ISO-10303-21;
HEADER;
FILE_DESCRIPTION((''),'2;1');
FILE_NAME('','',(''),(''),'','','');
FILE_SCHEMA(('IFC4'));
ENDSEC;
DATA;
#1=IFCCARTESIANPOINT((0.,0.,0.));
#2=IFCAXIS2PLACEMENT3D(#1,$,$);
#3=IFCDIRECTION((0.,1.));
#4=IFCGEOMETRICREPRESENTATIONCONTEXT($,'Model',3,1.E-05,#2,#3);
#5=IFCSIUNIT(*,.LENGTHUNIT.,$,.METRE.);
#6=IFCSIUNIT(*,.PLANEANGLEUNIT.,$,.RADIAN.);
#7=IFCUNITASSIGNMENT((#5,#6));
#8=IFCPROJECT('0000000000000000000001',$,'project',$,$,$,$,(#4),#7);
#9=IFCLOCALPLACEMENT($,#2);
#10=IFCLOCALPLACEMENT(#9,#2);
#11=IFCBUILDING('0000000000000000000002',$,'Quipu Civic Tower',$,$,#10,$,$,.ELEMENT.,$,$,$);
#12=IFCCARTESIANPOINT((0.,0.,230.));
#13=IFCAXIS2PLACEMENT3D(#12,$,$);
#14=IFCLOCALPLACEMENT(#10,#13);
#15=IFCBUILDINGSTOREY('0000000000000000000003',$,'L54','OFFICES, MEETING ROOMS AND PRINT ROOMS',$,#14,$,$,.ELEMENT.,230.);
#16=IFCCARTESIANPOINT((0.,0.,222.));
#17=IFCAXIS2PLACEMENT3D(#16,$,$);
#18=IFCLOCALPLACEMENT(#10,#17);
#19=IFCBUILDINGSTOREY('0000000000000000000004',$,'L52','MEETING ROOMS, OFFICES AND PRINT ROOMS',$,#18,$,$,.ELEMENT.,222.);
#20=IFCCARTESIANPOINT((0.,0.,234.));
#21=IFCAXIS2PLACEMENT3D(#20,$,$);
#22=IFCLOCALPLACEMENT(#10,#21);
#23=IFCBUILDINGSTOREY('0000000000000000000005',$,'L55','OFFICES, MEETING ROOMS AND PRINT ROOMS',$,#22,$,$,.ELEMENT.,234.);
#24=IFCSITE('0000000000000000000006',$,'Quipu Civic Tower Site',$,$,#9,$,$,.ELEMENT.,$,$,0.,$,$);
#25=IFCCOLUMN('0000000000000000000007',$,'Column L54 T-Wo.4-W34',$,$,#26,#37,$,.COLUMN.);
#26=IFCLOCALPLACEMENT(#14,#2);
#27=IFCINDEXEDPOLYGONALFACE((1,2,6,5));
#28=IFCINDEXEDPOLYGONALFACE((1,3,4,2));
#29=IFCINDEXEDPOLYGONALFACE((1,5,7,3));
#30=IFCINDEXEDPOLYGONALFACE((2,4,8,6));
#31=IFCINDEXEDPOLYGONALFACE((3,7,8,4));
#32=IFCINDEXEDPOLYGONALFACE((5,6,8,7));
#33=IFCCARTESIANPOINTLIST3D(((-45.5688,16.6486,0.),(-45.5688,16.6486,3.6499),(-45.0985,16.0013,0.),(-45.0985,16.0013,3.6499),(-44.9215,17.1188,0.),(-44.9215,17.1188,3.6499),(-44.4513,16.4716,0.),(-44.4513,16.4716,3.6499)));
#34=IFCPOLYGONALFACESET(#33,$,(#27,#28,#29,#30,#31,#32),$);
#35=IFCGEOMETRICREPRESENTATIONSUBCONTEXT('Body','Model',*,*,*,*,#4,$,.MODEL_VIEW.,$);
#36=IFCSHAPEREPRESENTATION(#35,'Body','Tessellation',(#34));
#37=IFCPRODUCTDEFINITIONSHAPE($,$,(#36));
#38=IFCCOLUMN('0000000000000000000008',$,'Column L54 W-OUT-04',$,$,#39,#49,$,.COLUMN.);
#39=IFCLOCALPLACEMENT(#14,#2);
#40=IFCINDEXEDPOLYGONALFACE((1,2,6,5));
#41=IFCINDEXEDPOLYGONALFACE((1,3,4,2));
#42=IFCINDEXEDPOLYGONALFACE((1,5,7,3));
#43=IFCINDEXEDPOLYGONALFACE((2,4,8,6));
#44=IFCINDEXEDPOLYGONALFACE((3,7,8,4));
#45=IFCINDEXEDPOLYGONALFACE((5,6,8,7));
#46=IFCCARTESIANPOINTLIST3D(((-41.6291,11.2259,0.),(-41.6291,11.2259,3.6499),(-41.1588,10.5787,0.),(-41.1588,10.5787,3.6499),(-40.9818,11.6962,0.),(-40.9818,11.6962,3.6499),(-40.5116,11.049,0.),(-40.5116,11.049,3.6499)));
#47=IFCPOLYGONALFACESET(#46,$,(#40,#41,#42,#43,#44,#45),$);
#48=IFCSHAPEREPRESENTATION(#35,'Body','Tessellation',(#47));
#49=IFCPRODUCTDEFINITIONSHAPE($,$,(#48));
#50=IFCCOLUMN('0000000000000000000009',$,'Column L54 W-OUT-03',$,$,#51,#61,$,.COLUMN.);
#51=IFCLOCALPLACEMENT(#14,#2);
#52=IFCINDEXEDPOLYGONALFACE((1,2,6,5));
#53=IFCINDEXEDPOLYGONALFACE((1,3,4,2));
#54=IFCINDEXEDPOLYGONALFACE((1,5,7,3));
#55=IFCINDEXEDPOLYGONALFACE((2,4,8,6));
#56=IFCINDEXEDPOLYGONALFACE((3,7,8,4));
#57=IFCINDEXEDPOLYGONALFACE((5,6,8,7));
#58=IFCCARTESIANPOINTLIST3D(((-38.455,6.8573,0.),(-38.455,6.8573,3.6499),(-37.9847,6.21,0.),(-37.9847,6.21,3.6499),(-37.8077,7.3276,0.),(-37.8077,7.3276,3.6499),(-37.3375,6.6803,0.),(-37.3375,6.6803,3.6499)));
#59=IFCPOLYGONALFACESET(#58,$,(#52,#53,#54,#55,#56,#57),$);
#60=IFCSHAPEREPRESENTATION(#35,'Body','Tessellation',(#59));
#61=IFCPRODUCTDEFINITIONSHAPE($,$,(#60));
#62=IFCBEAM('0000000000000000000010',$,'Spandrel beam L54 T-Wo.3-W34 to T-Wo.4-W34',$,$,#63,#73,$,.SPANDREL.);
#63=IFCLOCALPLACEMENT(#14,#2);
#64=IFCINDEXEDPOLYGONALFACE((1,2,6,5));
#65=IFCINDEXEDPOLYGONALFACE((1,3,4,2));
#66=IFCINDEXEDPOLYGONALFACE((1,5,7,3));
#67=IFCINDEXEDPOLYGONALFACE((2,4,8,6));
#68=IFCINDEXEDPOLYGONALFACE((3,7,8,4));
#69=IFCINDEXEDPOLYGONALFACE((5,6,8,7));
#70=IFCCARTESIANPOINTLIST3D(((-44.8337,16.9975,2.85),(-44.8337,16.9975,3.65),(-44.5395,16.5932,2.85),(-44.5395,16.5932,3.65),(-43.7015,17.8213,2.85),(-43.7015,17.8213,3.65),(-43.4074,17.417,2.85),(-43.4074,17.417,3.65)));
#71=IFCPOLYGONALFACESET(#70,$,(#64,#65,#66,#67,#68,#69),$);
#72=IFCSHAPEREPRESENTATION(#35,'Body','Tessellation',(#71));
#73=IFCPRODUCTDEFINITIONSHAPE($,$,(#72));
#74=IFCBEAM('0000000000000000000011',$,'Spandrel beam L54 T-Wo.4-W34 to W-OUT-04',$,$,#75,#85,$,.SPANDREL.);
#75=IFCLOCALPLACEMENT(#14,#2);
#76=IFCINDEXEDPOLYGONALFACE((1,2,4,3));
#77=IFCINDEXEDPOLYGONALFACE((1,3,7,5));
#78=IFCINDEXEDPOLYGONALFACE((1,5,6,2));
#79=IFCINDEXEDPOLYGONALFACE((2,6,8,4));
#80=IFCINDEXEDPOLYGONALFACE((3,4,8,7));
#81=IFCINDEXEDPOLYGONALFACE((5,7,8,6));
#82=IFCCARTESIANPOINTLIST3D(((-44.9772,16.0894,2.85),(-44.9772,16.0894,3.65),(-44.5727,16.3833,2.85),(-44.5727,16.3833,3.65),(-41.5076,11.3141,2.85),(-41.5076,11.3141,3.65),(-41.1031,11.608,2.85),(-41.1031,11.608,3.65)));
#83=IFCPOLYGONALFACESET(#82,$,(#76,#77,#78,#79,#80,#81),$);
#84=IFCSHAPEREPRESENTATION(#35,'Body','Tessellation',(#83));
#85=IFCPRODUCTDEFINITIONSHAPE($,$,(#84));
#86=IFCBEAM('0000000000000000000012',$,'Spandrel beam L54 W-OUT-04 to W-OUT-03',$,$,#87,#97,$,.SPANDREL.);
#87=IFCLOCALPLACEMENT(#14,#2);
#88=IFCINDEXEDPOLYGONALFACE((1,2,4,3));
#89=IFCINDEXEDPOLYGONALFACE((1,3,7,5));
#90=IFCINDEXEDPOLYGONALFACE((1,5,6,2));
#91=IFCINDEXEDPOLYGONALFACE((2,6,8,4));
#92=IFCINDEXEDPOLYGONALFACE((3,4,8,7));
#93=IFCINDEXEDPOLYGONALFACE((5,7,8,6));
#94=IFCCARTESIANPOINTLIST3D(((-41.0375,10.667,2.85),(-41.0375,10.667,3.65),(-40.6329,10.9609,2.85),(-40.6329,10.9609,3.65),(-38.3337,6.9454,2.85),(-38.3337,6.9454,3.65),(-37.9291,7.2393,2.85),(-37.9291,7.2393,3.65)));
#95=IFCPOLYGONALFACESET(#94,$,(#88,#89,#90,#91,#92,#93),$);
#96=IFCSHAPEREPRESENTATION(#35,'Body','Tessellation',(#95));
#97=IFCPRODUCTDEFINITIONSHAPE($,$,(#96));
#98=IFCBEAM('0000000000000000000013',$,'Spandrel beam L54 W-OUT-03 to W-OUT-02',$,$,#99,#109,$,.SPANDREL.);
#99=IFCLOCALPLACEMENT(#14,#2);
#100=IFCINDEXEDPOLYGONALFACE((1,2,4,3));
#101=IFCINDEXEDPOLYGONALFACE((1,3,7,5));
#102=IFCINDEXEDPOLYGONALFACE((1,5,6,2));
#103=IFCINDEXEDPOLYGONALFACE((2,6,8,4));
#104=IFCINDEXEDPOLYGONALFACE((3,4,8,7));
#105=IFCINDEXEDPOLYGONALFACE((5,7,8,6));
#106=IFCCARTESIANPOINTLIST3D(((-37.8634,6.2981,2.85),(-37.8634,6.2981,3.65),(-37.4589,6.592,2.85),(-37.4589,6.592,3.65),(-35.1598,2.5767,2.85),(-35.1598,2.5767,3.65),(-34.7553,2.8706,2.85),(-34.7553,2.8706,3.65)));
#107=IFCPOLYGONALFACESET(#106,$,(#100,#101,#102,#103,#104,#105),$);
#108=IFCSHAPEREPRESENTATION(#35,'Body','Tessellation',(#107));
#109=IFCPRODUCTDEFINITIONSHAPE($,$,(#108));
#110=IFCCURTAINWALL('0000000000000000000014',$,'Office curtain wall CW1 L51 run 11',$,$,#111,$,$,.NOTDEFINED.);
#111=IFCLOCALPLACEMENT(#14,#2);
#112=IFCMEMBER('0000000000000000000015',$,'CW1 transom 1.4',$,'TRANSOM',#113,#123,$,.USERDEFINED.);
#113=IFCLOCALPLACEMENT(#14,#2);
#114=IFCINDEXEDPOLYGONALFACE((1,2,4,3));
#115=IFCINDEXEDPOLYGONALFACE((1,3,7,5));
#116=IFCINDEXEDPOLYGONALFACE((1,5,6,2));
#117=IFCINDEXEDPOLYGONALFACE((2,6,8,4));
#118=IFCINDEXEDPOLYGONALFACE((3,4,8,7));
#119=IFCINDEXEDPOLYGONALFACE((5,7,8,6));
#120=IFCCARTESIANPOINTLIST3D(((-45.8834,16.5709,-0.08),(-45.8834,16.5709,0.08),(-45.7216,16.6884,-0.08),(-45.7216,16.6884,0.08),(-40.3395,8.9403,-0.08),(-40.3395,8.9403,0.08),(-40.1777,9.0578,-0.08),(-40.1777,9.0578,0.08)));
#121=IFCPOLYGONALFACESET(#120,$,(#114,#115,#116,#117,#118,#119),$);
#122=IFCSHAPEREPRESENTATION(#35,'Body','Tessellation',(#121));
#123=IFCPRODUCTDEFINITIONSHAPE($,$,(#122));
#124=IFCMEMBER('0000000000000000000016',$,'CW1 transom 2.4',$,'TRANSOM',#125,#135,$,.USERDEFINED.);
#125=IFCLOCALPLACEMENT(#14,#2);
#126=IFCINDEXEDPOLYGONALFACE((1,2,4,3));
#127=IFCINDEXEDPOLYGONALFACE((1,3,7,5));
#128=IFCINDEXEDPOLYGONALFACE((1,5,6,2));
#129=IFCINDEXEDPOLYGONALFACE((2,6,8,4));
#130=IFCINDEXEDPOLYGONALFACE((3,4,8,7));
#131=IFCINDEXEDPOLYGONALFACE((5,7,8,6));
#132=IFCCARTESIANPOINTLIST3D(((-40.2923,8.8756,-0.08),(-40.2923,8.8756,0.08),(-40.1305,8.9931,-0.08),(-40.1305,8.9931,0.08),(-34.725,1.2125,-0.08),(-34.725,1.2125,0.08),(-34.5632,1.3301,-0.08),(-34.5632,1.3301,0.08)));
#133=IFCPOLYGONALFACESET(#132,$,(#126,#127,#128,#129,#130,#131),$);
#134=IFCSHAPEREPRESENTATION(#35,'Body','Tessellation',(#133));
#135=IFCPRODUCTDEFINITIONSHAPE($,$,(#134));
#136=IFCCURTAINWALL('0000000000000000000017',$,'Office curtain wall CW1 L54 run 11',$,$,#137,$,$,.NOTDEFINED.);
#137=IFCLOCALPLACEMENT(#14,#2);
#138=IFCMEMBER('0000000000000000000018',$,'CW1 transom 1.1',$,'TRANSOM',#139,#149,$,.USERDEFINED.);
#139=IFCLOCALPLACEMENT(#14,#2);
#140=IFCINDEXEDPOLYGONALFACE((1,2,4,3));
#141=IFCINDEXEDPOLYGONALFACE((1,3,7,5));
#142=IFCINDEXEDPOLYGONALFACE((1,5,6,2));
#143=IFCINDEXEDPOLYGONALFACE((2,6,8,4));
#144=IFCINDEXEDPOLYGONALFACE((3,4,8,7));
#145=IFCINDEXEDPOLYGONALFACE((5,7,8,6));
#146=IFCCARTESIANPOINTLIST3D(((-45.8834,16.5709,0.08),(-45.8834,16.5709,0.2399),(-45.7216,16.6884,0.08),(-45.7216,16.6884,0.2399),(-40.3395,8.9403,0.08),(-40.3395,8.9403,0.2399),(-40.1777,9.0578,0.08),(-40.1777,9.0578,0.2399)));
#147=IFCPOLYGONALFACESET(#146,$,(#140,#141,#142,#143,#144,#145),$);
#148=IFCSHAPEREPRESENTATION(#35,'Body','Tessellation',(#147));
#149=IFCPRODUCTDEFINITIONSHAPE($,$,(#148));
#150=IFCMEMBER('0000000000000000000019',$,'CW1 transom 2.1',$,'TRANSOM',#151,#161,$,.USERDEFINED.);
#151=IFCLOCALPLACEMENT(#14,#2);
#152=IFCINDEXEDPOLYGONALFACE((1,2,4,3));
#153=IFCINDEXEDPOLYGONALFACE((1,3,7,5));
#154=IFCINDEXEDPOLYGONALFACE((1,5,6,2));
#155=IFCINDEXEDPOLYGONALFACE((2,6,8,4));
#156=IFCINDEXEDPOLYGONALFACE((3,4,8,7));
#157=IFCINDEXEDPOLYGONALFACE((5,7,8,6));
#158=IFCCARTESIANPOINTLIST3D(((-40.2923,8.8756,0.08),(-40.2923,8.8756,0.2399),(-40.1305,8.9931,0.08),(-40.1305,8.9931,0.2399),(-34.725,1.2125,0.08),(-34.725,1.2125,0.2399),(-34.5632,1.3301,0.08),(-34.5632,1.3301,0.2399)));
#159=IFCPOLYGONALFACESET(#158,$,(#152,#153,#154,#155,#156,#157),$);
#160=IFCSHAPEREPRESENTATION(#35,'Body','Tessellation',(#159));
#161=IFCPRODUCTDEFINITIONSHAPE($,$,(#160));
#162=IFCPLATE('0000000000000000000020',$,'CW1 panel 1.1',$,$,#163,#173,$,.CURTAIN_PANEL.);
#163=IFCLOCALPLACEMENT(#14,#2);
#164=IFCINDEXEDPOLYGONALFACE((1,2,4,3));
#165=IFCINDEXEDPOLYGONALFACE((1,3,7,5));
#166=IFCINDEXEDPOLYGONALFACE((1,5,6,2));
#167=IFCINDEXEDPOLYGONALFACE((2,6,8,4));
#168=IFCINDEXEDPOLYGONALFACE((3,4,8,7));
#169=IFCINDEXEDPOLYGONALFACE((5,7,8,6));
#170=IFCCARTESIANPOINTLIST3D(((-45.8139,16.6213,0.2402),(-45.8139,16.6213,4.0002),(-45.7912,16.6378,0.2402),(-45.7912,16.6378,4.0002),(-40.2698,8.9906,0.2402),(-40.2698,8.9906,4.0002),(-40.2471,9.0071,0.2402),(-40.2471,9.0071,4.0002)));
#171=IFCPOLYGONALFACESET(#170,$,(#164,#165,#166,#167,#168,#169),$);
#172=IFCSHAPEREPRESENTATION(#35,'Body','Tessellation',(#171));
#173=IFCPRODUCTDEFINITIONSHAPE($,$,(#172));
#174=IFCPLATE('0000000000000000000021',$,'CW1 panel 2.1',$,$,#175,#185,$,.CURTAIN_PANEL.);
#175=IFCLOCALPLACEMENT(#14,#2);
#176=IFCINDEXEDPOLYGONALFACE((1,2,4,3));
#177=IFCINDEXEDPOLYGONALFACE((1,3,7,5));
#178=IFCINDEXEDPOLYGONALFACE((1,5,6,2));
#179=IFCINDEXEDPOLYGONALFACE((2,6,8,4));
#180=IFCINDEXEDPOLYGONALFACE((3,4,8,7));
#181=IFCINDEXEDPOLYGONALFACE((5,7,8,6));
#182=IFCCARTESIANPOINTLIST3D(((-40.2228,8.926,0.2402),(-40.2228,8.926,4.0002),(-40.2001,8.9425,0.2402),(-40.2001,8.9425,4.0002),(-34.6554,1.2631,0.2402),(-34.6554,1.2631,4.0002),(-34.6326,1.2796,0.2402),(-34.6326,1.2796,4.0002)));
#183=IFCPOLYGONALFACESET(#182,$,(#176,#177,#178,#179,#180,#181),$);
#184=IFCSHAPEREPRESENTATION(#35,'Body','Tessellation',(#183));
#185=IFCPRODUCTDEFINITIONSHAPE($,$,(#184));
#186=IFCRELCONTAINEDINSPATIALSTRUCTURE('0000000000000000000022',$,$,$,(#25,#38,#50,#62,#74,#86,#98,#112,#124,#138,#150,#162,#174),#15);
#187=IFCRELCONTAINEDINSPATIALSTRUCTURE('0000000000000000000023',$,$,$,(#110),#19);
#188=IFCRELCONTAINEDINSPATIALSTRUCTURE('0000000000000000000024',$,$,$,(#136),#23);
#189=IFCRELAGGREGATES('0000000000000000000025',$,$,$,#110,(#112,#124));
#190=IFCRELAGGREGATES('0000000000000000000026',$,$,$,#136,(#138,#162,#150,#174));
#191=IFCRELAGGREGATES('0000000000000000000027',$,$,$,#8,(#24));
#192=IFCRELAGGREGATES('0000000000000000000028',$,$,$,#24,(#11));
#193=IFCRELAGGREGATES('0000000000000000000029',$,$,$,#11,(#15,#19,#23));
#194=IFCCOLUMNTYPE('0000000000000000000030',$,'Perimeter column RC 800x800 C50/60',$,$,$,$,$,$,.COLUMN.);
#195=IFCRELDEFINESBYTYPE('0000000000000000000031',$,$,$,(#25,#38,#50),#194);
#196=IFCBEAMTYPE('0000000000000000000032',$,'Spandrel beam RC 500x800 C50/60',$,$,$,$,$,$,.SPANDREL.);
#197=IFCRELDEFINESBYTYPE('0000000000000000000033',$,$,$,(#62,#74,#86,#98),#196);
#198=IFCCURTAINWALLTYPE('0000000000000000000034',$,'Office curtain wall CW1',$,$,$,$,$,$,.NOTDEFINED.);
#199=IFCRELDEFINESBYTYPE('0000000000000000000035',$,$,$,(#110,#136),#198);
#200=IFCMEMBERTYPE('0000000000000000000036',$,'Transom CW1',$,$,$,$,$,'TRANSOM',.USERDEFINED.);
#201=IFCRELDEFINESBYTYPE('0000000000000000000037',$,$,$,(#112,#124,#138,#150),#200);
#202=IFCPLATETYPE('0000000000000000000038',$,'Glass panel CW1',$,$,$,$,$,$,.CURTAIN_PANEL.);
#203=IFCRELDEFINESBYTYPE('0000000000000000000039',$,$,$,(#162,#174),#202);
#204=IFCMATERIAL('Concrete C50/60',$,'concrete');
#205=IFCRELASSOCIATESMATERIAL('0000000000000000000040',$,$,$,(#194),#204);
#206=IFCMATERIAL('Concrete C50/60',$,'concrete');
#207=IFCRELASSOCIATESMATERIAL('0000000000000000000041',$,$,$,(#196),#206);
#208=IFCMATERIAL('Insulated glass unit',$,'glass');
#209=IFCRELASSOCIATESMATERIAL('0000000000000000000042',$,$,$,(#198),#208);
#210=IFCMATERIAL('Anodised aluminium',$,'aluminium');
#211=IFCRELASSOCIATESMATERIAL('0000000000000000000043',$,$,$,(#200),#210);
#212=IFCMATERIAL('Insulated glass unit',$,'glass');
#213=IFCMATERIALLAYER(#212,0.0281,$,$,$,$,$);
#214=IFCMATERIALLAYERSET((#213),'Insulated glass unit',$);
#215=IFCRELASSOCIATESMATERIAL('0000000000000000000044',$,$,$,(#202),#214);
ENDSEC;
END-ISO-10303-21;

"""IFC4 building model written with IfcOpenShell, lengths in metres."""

from ifc_helpers import new_model, si_unit, direction, frame, origin, origin_2d, place, context, subcontext, project, spatial, rectangle, extrude, material, layer, layer_set, material_profile, profile_set, type_object, element, aggregate, save


model = new_model("IFC4")

# Units and contexts
model_context = context("Model", 3, precision=1e-05, world=origin(), true_north=direction((0.0, 1.0)))
body_context = subcontext(model_context, "Body", "Model", "MODEL_VIEW")
ifc_project = project(units=[si_unit("LENGTHUNIT", "METRE"), si_unit("PLANEANGLEUNIT", "RADIAN")], contexts=[model_context])

# Site, building, storey
site_placement = place(None, origin())
site = spatial("IfcSite", under=ifc_project, at=site_placement, Name="Quipu Civic Tower Site", CompositionType="ELEMENT", RefElevation=0.0)
building_placement = place(site_placement, origin())
building = spatial("IfcBuilding", under=site, at=building_placement, Name="Quipu Civic Tower", CompositionType="ELEMENT")
storey_1_placement = place(building_placement, frame((0.0, 0.0, 230.0)))
storey_1 = spatial("IfcBuildingStorey", under=building, at=storey_1_placement, Name="L54", Description="OFFICES, MEETING ROOMS AND PRINT ROOMS", CompositionType="ELEMENT", Elevation=230.0)

# Columns
ifc_material_1 = material(Name="Concrete C50/60", Category="concrete")
ifc_material_profile_1 = material_profile(ifc_material_1, rectangle(XDim=0.8, YDim=0.8, at=origin_2d()), Name="RC800x800")
ifc_profile_set_1 = profile_set([ifc_material_profile_1], Name="Concrete C50/60")
column_type = type_object("IfcColumnType", Name="Perimeter column RC 800x800 C50/60", PredefinedType="COLUMN", material=ifc_profile_set_1)
for number, where, z_axis, x_axis, name in (
    (1, (-45.01, 16.5601, 0.0), (0.0, 0.0, 1.0), (0.587785, -0.809017, 0.0), "Column L54 T-Wo.4-W34"),
    (2, (-41.0703, 11.1375, 0.0), (0.0, 0.0, 1.0), (0.587785, -0.809017, 0.0), "Column L54 W-OUT-04"),
    (3, (-37.8962, 6.7688, 0.0), (0.0, 0.0, 1.0), (0.587785, -0.809017, 0.0), "Column L54 W-OUT-03"),
):
    element("IfcColumn", number, at=place(storey_1_placement, frame(where, z_axis=z_axis, x_axis=x_axis)), inside=storey_1, type_object=column_type, Name=name, PredefinedType="COLUMN", context=body_context, shape_type="SweptSolid", body=[
        extrude(rectangle(XDim=0.8, YDim=0.8, at=origin_2d()), origin(), (0.0, 0.0, 1.0), 3.6499),
    ])

# Beams
ifc_material_2 = material(Name="Concrete C50/60", Category="concrete")
ifc_material_profile_2 = material_profile(ifc_material_2, rectangle(XDim=0.5, YDim=0.8, at=origin_2d()), Name="RC500x800")
ifc_profile_set_2 = profile_set([ifc_material_profile_2], Name="Concrete C50/60")
beam_type = type_object("IfcBeamType", Name="Spandrel beam RC 500x800 C50/60", PredefinedType="SPANDREL", material=ifc_profile_set_2)
beam_1_placement = place(storey_1_placement, frame((-43.5544, 17.6191, 3.25), z_axis=(-0.8086, -0.588358, 0.0), x_axis=(0.588358, -0.8086, 0.0)))
element("IfcBeam", 4, at=beam_1_placement, inside=storey_1, type_object=beam_type, Name="Spandrel beam L54 T-Wo.3-W34 to T-Wo.4-W34", PredefinedType="SPANDREL", context=body_context, shape_type="SweptSolid", body=[
    extrude(rectangle(XDim=0.5, YDim=0.8, at=origin_2d()), origin(), (0.0, 0.0, 1.0), 1.4001),
])
beam_2_placement = place(storey_1_placement, frame((-44.7749, 16.2363, 3.25), z_axis=(0.5878, -0.809006, 0.0), x_axis=(0.809006, 0.5878, 0.0)))
element("IfcBeam", 5, at=beam_2_placement, inside=storey_1, type_object=beam_type, Name="Spandrel beam L54 T-Wo.4-W34 to W-OUT-04", PredefinedType="SPANDREL", context=body_context, shape_type="SweptSolid", body=[
    extrude(rectangle(XDim=0.5, YDim=0.8, at=origin_2d()), origin(), (0.0, 0.0, 1.0), 5.9026),
])
beam_3_placement = place(storey_1_placement, frame((-40.8352, 10.814, 3.25), z_axis=(0.587771, -0.809027, 0.0), x_axis=(0.809027, 0.587771, 0.0)))
element("IfcBeam", 6, at=beam_3_placement, inside=storey_1, type_object=beam_type, Name="Spandrel beam L54 W-OUT-04 to W-OUT-03", PredefinedType="SPANDREL", context=body_context, shape_type="SweptSolid", body=[
    extrude(rectangle(XDim=0.5, YDim=0.8, at=origin_2d()), origin(), (0.0, 0.0, 1.0), 4.6001),
])
beam_4_placement = place(storey_1_placement, frame((-37.6611, 6.4451, 3.25), z_axis=(0.587761, -0.809034, 0.0), x_axis=(0.809034, 0.587761, 0.0)))
element("IfcBeam", 7, at=beam_4_placement, inside=storey_1, type_object=beam_type, Name="Spandrel beam L54 W-OUT-03 to W-OUT-02", PredefinedType="SPANDREL", context=body_context, shape_type="SweptSolid", body=[
    extrude(rectangle(XDim=0.5, YDim=0.8, at=origin_2d()), origin(), (0.0, 0.0, 1.0), 4.5999),
])

# Shared definitions
storey_2_placement = place(building_placement, frame((0.0, 0.0, 222.0)))
storey_2 = spatial("IfcBuildingStorey", under=building, at=storey_2_placement, Name="L52", Description="MEETING ROOMS, OFFICES AND PRINT ROOMS", CompositionType="ELEMENT", Elevation=222.0)

# Curtain wall, members
ifc_material_3 = material(Name="Insulated glass unit", Category="glass")
curtain_wall_type = type_object("IfcCurtainWallType", Name="Office curtain wall CW1", PredefinedType="NOTDEFINED", material=ifc_material_3)
curtain_wall_1_placement = place(storey_2_placement, origin())
curtain_wall_1 = element("IfcCurtainWall", 8, at=curtain_wall_1_placement, inside=storey_2, type_object=curtain_wall_type, Name="Office curtain wall CW1 L51 run 11", PredefinedType="NOTDEFINED")
ifc_material_4 = material(Name="Anodised aluminium", Category="aluminium")
ifc_material_profile_3 = material_profile(ifc_material_4, rectangle(XDim=0.2, YDim=0.1599, at=origin_2d()), Name="RECT 200x160")
ifc_profile_set_3 = profile_set([ifc_material_profile_3], Name="Anodised aluminium")
member_type = type_object("IfcMemberType", Name="Transom CW1", ElementType="TRANSOM", PredefinedType="USERDEFINED", material=ifc_profile_set_3)
member_1_placement = place(storey_1_placement, frame((-45.8025, 16.6296, 0.0), z_axis=(0.587784, -0.809018, 0.0), x_axis=(0.809018, 0.587784, 0.0)))
member_1 = element("IfcMember", 9, at=member_1_placement, inside=storey_1, type_object=member_type, Name="CW1 transom 1.4", ObjectType="TRANSOM", PredefinedType="USERDEFINED", context=body_context, shape_type="SweptSolid", body=[
    extrude(rectangle(XDim=0.2, YDim=0.1599, at=origin_2d()), origin(), (0.0, 0.0, 1.0), 9.4319),
])
member_2_placement = place(storey_1_placement, frame((-40.2114, 8.9343, 0.0), z_axis=(0.587773, -0.809026, 0.0), x_axis=(0.809026, 0.587773, 0.0)))
member_2 = element("IfcMember", 10, at=member_2_placement, inside=storey_1, type_object=member_type, Name="CW1 transom 2.4", ObjectType="TRANSOM", PredefinedType="USERDEFINED", context=body_context, shape_type="SweptSolid", body=[
    extrude(rectangle(XDim=0.2, YDim=0.1599, at=origin_2d()), origin(), (0.0, 0.0, 1.0), 9.4719),
])
aggregate(curtain_wall_1, [member_1, member_2])

# Shared definitions
storey_3_placement = place(building_placement, frame((0.0, 0.0, 234.0)))
storey_3 = spatial("IfcBuildingStorey", under=building, at=storey_3_placement, Name="L55", Description="OFFICES, MEETING ROOMS AND PRINT ROOMS", CompositionType="ELEMENT", Elevation=234.0)

# Curtain wall, members, plates
curtain_wall_2_placement = place(storey_3_placement, origin())
curtain_wall_2 = element("IfcCurtainWall", 11, at=curtain_wall_2_placement, inside=storey_3, type_object=curtain_wall_type, Name="Office curtain wall CW1 L54 run 11", PredefinedType="NOTDEFINED")
member_3_placement = place(storey_1_placement, frame((-45.8025, 16.6296, 0.1599), z_axis=(0.587784, -0.809018, 0.0), x_axis=(0.809018, 0.587784, 0.0)))
member_3 = element("IfcMember", 12, at=member_3_placement, inside=storey_1, type_object=member_type, Name="CW1 transom 1.1", ObjectType="TRANSOM", PredefinedType="USERDEFINED", context=body_context, shape_type="SweptSolid", body=[
    extrude(rectangle(XDim=0.2, YDim=0.1599, at=origin_2d()), origin(), (0.0, 0.0, 1.0), 9.4319),
])
member_4_placement = place(storey_1_placement, frame((-40.2114, 8.9343, 0.1599), z_axis=(0.587773, -0.809026, 0.0), x_axis=(0.809026, 0.587773, 0.0)))
member_4 = element("IfcMember", 13, at=member_4_placement, inside=storey_1, type_object=member_type, Name="CW1 transom 2.1", ObjectType="TRANSOM", PredefinedType="USERDEFINED", context=body_context, shape_type="SweptSolid", body=[
    extrude(rectangle(XDim=0.2, YDim=0.1599, at=origin_2d()), origin(), (0.0, 0.0, 1.0), 9.4719),
])
ifc_material_5 = material(Name="Insulated glass unit", Category="glass")
ifc_layer_1 = layer(ifc_material_5, 0.0281)
ifc_layer_set_1 = layer_set([ifc_layer_1], Name="Insulated glass unit")
plate_type_1 = type_object("IfcPlateType", Name="Glass panel CW1", PredefinedType="CURTAIN_PANEL", material=ifc_layer_set_1)
plate_1_placement = place(storey_1_placement, frame((-43.0305, 12.8142, 0.2402), z_axis=(0.0, 0.0, 1.0), x_axis=(0.587786, -0.809017, 0.0)))
plate_1 = element("IfcPlate", 14, at=plate_1_placement, inside=storey_1, type_object=plate_type_1, Name="CW1 panel 1.1", PredefinedType="CURTAIN_PANEL", context=body_context, shape_type="SweptSolid", body=[
    extrude(rectangle(XDim=9.4321, YDim=0.0281, at=origin_2d()), origin(), (0.0, 0.0, 1.0), 3.76),
])
plate_2_placement = place(storey_1_placement, frame((-37.4277, 5.1028, 0.2402), z_axis=(0.0, 0.0, 1.0), x_axis=(0.587786, -0.809017, 0.0)))
plate_2 = element("IfcPlate", 15, at=plate_2_placement, inside=storey_1, type_object=plate_type_1, Name="CW1 panel 2.1", PredefinedType="CURTAIN_PANEL", context=body_context, shape_type="SweptSolid", body=[
    extrude(rectangle(XDim=9.4719, YDim=0.0281, at=origin_2d()), origin(), (0.0, 0.0, 1.0), 3.76),
])
aggregate(curtain_wall_2, [member_3, plate_1, member_4, plate_2])

save(model, "model.ifc")
